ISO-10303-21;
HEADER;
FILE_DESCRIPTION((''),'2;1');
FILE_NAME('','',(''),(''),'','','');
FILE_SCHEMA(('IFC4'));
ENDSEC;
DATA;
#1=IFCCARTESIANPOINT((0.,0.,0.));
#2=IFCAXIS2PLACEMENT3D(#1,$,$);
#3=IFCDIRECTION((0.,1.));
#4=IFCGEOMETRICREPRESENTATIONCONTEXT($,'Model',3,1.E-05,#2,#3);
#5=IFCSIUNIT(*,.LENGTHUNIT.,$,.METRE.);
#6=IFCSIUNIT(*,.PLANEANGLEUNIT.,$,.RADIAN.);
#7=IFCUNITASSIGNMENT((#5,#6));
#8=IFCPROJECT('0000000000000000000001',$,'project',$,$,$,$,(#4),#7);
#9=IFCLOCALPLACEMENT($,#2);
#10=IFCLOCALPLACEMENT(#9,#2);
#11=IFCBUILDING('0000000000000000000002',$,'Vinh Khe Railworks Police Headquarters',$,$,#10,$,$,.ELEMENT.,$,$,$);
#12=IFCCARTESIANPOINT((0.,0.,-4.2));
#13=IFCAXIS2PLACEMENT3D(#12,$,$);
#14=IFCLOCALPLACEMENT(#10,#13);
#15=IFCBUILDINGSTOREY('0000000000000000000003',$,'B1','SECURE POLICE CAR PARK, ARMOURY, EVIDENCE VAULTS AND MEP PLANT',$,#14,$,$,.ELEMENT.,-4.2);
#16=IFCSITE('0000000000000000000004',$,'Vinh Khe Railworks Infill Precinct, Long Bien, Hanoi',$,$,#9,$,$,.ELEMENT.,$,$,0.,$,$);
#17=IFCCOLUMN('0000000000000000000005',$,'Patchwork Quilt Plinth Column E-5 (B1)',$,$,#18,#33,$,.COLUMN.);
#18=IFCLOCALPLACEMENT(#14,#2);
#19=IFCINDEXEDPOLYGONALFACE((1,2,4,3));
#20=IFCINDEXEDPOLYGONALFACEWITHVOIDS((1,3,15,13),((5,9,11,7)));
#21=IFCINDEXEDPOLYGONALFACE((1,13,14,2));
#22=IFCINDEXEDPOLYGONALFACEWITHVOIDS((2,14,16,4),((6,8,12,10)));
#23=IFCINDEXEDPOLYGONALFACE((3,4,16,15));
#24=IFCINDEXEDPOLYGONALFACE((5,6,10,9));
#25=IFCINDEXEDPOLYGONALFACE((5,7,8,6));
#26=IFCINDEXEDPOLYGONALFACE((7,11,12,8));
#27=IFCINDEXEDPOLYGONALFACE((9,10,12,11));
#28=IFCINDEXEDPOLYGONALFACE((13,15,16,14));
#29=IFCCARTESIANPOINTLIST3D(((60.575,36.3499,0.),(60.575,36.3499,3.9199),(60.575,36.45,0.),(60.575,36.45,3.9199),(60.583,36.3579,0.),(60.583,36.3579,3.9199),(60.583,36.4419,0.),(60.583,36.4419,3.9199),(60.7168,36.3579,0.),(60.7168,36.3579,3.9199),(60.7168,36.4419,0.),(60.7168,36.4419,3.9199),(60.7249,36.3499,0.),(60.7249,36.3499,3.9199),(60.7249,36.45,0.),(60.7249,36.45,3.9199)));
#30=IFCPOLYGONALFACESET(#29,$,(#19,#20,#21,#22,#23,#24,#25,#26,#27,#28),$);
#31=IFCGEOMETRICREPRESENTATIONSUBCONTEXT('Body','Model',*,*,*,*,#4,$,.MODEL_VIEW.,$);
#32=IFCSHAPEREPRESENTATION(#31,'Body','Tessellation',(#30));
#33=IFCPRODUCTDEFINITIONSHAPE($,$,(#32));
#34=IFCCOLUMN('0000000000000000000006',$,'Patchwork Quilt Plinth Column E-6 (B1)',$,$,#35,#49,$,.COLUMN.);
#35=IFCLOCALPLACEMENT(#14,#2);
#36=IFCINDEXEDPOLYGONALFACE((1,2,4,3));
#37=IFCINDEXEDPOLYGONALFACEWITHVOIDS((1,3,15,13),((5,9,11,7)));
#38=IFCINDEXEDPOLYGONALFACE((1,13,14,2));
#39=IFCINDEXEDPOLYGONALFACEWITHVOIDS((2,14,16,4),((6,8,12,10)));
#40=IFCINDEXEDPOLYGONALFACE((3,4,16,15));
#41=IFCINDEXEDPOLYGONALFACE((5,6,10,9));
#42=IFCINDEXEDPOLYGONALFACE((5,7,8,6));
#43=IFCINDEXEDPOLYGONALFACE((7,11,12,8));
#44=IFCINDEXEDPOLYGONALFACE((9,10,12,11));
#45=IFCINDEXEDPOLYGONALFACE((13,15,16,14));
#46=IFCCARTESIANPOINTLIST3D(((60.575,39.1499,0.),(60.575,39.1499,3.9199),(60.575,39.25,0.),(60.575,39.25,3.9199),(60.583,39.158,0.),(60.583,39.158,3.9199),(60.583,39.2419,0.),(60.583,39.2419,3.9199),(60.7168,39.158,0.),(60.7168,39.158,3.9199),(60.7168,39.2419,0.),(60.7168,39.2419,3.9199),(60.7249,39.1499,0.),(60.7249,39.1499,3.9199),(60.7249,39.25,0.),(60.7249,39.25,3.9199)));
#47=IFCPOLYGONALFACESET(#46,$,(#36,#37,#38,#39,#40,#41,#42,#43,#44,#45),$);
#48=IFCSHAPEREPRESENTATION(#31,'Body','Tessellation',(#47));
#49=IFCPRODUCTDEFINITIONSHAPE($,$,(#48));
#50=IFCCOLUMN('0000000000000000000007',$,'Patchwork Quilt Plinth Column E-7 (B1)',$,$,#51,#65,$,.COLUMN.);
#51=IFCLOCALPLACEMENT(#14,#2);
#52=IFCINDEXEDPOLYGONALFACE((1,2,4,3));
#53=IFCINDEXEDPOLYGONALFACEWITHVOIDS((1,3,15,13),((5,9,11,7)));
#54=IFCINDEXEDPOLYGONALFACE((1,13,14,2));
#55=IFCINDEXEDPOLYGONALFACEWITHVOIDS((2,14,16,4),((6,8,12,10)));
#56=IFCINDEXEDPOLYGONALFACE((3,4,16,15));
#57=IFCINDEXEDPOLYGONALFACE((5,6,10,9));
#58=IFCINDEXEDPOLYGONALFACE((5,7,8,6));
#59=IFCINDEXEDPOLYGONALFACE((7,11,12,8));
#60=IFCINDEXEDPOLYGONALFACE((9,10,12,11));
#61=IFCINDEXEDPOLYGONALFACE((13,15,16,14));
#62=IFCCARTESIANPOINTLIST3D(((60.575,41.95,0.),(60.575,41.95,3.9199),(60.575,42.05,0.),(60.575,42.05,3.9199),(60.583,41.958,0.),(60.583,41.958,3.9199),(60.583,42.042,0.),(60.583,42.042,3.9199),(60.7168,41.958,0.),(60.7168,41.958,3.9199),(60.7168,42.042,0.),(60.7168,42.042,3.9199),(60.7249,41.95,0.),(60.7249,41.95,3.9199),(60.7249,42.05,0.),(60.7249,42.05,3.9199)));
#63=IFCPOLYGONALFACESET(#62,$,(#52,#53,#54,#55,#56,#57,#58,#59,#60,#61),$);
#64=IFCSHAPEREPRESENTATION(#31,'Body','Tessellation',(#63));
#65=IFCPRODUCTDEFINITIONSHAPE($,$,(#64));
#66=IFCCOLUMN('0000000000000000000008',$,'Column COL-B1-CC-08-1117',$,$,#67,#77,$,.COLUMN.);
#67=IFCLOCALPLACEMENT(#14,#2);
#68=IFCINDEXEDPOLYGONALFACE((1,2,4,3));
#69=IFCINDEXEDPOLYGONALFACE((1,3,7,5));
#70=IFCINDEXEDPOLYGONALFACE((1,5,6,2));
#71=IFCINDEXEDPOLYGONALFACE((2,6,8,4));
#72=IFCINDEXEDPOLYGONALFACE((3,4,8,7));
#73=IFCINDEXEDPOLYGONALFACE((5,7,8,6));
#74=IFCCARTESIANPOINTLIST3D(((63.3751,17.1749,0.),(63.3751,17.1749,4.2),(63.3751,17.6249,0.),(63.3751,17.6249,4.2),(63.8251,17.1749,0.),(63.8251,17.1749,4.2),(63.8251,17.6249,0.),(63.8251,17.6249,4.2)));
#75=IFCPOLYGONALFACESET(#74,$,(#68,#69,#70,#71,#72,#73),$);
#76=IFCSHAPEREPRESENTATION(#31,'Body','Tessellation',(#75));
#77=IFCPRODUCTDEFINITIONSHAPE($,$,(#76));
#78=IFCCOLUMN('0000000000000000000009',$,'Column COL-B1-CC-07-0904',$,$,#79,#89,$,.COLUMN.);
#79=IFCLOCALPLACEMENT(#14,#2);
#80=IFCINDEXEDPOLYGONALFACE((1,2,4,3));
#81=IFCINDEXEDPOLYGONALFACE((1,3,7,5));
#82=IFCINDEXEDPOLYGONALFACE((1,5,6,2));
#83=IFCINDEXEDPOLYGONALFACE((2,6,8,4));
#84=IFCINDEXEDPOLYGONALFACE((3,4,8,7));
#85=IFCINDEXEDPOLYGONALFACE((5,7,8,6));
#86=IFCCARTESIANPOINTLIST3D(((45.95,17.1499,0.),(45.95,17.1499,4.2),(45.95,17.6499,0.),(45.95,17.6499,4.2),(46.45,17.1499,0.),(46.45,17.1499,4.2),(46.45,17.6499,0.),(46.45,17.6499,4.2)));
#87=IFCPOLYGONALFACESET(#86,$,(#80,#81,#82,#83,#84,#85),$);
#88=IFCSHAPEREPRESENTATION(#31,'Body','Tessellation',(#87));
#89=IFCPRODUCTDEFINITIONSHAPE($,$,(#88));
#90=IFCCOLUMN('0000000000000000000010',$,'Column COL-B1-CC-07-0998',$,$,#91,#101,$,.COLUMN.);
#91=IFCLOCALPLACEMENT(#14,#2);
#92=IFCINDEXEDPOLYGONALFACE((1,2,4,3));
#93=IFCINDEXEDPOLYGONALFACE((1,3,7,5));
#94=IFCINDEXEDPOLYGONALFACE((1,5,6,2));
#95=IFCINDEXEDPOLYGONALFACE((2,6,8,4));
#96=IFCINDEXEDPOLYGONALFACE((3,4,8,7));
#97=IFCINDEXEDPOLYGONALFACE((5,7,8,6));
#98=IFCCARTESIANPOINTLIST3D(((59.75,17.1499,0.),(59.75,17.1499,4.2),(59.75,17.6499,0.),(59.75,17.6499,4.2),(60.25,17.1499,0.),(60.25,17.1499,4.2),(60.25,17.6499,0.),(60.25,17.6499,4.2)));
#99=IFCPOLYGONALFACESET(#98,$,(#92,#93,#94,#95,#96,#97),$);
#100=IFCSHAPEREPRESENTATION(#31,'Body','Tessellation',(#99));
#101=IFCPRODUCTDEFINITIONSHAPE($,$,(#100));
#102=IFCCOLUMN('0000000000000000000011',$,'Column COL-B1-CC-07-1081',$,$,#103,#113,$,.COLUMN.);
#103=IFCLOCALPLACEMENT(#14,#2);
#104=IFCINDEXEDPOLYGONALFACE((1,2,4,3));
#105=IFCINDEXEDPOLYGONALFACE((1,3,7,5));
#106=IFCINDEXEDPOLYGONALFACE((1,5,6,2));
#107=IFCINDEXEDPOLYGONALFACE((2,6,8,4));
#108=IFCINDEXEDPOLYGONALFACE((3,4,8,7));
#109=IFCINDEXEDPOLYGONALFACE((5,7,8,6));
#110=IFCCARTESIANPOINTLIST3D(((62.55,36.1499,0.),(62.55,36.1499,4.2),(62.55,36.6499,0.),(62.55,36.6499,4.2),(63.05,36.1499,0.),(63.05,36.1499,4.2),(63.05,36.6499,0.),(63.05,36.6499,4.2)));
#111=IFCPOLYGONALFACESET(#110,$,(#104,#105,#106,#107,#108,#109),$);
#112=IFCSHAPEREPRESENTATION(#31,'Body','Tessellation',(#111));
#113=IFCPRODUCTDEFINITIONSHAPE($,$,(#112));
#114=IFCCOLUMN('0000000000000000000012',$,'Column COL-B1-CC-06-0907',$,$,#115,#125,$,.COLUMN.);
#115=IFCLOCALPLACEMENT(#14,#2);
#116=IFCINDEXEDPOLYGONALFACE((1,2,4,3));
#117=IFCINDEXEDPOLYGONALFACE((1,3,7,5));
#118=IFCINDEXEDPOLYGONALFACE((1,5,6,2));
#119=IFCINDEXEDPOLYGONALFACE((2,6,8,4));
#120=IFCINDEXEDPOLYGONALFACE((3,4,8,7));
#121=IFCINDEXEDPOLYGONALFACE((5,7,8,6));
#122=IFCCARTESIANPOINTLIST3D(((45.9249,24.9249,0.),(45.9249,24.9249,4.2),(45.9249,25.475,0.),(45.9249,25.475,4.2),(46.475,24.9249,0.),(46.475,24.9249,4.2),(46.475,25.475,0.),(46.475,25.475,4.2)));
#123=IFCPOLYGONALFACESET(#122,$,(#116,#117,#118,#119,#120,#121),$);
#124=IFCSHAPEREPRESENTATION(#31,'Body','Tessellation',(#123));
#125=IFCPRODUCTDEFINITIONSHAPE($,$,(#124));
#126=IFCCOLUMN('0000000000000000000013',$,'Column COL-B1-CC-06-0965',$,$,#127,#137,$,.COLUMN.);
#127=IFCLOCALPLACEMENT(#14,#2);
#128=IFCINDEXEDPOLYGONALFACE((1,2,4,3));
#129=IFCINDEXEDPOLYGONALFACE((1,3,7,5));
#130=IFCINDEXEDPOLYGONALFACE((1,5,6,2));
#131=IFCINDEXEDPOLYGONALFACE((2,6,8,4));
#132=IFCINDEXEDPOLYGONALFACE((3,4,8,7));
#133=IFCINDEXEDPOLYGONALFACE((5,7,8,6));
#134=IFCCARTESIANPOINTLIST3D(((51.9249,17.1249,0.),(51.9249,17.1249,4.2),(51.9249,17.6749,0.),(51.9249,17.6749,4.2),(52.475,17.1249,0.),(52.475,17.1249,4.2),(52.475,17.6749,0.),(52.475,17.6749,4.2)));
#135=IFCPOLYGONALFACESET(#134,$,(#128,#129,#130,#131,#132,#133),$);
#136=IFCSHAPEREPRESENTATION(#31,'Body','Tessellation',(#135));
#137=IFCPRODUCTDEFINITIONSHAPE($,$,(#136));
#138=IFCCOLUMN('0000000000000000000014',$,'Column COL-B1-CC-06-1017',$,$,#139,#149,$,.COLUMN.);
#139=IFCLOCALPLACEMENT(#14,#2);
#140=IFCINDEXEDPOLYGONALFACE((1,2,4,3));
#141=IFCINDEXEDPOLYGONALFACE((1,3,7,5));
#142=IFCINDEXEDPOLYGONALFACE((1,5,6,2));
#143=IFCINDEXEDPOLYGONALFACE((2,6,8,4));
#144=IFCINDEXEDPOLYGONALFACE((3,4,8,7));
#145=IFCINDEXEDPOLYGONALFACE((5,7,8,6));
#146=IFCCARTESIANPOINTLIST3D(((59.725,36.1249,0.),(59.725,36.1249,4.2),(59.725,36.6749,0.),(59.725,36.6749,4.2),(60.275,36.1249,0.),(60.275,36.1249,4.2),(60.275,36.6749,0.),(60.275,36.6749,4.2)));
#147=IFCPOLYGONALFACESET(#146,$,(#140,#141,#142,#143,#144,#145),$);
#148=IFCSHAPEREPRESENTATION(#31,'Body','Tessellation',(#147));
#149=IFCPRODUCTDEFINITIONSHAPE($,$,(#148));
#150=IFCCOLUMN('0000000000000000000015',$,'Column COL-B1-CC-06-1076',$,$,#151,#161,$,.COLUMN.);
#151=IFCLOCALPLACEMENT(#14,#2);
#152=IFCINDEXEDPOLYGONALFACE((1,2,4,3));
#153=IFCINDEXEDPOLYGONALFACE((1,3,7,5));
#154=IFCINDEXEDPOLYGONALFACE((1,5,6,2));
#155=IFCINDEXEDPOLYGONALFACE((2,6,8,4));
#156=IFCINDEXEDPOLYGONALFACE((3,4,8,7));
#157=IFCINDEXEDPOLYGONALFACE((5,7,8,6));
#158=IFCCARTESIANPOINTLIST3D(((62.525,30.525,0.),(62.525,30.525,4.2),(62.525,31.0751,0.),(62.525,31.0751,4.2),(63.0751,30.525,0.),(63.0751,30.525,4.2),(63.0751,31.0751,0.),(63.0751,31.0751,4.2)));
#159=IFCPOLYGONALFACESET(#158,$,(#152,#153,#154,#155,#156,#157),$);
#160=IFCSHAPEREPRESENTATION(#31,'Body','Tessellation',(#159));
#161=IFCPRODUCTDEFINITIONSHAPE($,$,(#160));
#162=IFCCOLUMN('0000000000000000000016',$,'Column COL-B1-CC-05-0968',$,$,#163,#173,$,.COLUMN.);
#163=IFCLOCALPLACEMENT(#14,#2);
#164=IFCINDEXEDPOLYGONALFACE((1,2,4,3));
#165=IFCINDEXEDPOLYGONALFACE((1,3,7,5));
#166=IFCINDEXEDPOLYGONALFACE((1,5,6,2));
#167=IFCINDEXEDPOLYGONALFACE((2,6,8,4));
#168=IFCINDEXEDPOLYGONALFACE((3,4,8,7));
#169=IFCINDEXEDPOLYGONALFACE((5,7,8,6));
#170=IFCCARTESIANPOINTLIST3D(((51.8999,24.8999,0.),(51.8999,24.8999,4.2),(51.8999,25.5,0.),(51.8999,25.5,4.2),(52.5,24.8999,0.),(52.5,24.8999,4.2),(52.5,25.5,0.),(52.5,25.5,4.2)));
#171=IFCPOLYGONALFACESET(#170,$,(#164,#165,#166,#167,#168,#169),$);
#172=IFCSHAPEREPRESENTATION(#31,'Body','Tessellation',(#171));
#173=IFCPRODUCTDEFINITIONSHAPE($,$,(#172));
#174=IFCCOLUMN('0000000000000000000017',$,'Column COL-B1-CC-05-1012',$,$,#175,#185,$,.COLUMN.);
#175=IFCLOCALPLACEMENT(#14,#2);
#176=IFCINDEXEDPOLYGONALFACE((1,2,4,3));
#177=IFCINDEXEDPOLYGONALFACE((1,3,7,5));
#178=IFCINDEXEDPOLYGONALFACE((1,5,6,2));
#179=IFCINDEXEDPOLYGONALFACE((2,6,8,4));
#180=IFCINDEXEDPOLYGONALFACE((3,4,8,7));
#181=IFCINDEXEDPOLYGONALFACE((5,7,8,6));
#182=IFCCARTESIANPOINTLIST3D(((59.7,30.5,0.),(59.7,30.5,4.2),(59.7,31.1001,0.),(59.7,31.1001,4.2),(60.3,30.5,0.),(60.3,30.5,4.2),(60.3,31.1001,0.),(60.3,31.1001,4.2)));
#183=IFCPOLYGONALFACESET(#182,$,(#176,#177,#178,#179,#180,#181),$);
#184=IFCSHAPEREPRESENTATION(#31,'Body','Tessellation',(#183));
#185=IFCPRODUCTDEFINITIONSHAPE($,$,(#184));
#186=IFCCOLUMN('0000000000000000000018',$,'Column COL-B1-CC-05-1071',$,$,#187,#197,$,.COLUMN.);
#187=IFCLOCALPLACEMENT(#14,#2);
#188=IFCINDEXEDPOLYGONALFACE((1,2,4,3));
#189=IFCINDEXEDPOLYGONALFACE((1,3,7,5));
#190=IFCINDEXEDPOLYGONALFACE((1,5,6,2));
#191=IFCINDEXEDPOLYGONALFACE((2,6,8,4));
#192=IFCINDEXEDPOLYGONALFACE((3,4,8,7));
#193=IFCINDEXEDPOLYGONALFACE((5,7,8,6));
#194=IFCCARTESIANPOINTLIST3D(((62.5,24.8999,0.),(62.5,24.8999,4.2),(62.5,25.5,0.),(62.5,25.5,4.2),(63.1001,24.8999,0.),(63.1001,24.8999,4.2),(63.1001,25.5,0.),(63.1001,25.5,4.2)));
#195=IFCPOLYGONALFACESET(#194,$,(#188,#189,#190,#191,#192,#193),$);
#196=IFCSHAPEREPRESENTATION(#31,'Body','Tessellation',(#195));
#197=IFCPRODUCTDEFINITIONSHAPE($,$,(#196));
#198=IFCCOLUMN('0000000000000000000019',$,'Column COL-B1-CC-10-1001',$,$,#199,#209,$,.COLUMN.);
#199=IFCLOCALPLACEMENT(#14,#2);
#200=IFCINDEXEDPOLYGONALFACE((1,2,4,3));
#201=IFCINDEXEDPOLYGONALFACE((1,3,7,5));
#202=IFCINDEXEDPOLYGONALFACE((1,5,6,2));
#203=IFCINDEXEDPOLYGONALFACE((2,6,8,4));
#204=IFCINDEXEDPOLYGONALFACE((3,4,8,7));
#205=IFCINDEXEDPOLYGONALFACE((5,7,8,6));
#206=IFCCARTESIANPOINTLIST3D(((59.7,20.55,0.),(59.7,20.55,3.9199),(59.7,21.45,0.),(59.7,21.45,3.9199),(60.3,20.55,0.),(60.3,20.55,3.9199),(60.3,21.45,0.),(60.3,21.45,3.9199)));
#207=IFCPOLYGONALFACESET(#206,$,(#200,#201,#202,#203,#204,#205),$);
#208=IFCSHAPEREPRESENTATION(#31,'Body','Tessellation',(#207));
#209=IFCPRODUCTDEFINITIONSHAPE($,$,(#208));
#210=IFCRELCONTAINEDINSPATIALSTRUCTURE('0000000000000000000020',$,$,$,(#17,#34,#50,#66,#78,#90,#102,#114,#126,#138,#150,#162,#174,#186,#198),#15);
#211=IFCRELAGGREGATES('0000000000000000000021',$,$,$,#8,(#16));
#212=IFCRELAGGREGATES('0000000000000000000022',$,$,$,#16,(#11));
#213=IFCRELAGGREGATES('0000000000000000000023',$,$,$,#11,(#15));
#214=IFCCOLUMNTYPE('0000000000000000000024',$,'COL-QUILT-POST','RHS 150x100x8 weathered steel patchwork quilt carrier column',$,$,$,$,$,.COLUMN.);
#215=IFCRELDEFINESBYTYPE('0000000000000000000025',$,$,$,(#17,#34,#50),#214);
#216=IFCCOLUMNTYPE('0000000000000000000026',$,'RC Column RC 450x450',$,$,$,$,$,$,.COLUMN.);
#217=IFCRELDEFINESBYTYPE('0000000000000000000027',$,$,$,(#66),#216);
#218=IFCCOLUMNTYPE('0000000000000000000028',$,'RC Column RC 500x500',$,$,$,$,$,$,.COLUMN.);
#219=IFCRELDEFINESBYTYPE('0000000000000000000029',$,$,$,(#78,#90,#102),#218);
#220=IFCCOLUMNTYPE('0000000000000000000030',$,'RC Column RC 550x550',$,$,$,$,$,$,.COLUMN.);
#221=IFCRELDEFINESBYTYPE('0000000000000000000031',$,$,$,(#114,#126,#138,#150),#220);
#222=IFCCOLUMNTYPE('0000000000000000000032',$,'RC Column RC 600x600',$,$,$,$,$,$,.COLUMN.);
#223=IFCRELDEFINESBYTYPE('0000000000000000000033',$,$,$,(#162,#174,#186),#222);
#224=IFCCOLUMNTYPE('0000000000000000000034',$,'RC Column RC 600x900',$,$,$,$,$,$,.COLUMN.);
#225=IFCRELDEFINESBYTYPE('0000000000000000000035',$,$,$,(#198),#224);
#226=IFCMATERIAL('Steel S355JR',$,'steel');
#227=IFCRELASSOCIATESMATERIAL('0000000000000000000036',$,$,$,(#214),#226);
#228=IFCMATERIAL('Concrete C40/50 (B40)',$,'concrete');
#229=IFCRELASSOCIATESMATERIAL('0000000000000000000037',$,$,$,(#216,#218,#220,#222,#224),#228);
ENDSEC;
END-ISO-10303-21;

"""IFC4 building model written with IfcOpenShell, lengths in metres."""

from ifc_helpers import new_model, si_unit, direction, frame, origin, origin_2d, place, context, subcontext, project, spatial, rectangle, hollow_rectangle, extrude, material, material_profile, profile_set, type_object, element, save


model = new_model("IFC4")

# Units and contexts
model_context = context("Model", 3, precision=1e-05, world=origin(), true_north=direction((0.0, 1.0)))
body_context = subcontext(model_context, "Body", "Model", "MODEL_VIEW")
ifc_project = project(units=[si_unit("LENGTHUNIT", "METRE"), si_unit("PLANEANGLEUNIT", "RADIAN")], contexts=[model_context])

# Site, building, storey
site_placement = place(None, origin())
site = spatial("IfcSite", under=ifc_project, at=site_placement, Name="Vinh Khe Railworks Infill Precinct, Long Bien, Hanoi", CompositionType="ELEMENT", RefElevation=0.0)
building_placement = place(site_placement, origin())
building = spatial("IfcBuilding", under=site, at=building_placement, Name="Vinh Khe Railworks Police Headquarters", CompositionType="ELEMENT")
storey_placement = place(building_placement, frame((0.0, 0.0, -4.2)))
storey = spatial("IfcBuildingStorey", under=building, at=storey_placement, Name="B1", Description="SECURE POLICE CAR PARK, ARMOURY, EVIDENCE VAULTS AND MEP PLANT", CompositionType="ELEMENT", Elevation=-4.2)

# Columns
ifc_material_1 = material(Name="Steel S355JR", Category="steel")
ifc_material_profile_1 = material_profile(ifc_material_1, hollow_rectangle(XDim=0.1499, YDim=0.1001, WallThickness=0.0081, at=origin_2d()), Name="RHS 150x100x8")
ifc_profile_set_1 = profile_set([ifc_material_profile_1], Name="Steel S355JR")
column_type_1 = type_object("IfcColumnType", Name="COL-QUILT-POST", Description="RHS 150x100x8 weathered steel patchwork quilt carrier column", PredefinedType="COLUMN", material=ifc_profile_set_1)
for number, where, z_axis, x_axis, name in (
    (1, (60.6499, 36.3999, 0.0), (0.0, 0.0, 1.0), (1.0, 0.0, 0.0), "Patchwork Quilt Plinth Column E-5 (B1)"),
    (2, (60.6499, 39.2, 0.0), (0.0, 0.0, 1.0), (1.0, 0.0, 0.0), "Patchwork Quilt Plinth Column E-6 (B1)"),
    (3, (60.6499, 42.0, 0.0), (0.0, 0.0, 1.0), (1.0, 0.0, 0.0), "Patchwork Quilt Plinth Column E-7 (B1)"),
):
    element("IfcColumn", number, at=place(storey_placement, frame(where, z_axis=z_axis, x_axis=x_axis)), inside=storey, type_object=column_type_1, Name=name, PredefinedType="COLUMN", context=body_context, shape_type="SweptSolid", body=[
        extrude(hollow_rectangle(XDim=0.1499, YDim=0.1001, WallThickness=0.0081, at=origin_2d()), origin(), (0.0, 0.0, 1.0), 3.9199),
    ])
ifc_material_2 = material(Name="Concrete C40/50 (B40)", Category="concrete")
ifc_material_profile_2 = material_profile(ifc_material_2, rectangle(XDim=0.45, YDim=0.45, at=origin_2d()), Name="RC 450x450")
ifc_profile_set_2 = profile_set([ifc_material_profile_2], Name="Concrete C40/50 (B40)")
column_type_2 = type_object("IfcColumnType", Name="RC Column RC 450x450", PredefinedType="COLUMN", material=ifc_profile_set_2)
column_1_placement = place(storey_placement, frame((63.6001, 17.3999, 0.0), z_axis=(0.0, 0.0, 1.0), x_axis=(1.0, 0.0, 0.0)))
element("IfcColumn", 4, at=column_1_placement, inside=storey, type_object=column_type_2, Name="Column COL-B1-CC-08-1117", PredefinedType="COLUMN", context=body_context, shape_type="SweptSolid", body=[
    extrude(rectangle(XDim=0.45, YDim=0.45, at=origin_2d()), origin(), (0.0, 0.0, 1.0), 4.2),
])
ifc_material_profile_3 = material_profile(ifc_material_2, rectangle(XDim=0.5, YDim=0.5, at=origin_2d()), Name="RC 500x500")
ifc_profile_set_3 = profile_set([ifc_material_profile_3], Name="Concrete C40/50 (B40)")
column_type_3 = type_object("IfcColumnType", Name="RC Column RC 500x500", PredefinedType="COLUMN", material=ifc_profile_set_3)
for number, where, z_axis, x_axis, name in (
    (5, (46.2, 17.3999, 0.0), (0.0, 0.0, 1.0), (1.0, 0.0, 0.0), "Column COL-B1-CC-07-0904"),
    (6, (60.0, 17.3999, 0.0), (0.0, 0.0, 1.0), (1.0, 0.0, 0.0), "Column COL-B1-CC-07-0998"),
    (7, (62.8, 36.3999, 0.0), (0.0, 0.0, 1.0), (1.0, 0.0, 0.0), "Column COL-B1-CC-07-1081"),
):
    element("IfcColumn", number, at=place(storey_placement, frame(where, z_axis=z_axis, x_axis=x_axis)), inside=storey, type_object=column_type_3, Name=name, PredefinedType="COLUMN", context=body_context, shape_type="SweptSolid", body=[
        extrude(rectangle(XDim=0.5, YDim=0.5, at=origin_2d()), origin(), (0.0, 0.0, 1.0), 4.2),
    ])
ifc_material_profile_4 = material_profile(ifc_material_2, rectangle(XDim=0.55, YDim=0.55, at=origin_2d()), Name="RC 550x550")
ifc_profile_set_4 = profile_set([ifc_material_profile_4], Name="Concrete C40/50 (B40)")
column_type_4 = type_object("IfcColumnType", Name="RC Column RC 550x550", PredefinedType="COLUMN", material=ifc_profile_set_4)
for number, where, z_axis, x_axis, name in (
    (8, (46.2, 25.2, 0.0), (0.0, 0.0, 1.0), (1.0, 0.0, 0.0), "Column COL-B1-CC-06-0907"),
    (9, (52.2, 17.3999, 0.0), (0.0, 0.0, 1.0), (1.0, 0.0, 0.0), "Column COL-B1-CC-06-0965"),
    (10, (60.0, 36.3999, 0.0), (0.0, 0.0, 1.0), (1.0, 0.0, 0.0), "Column COL-B1-CC-06-1017"),
    (11, (62.8, 30.8, 0.0), (0.0, 0.0, 1.0), (1.0, 0.0, 0.0), "Column COL-B1-CC-06-1076"),
):
    element("IfcColumn", number, at=place(storey_placement, frame(where, z_axis=z_axis, x_axis=x_axis)), inside=storey, type_object=column_type_4, Name=name, PredefinedType="COLUMN", context=body_context, shape_type="SweptSolid", body=[
        extrude(rectangle(XDim=0.55, YDim=0.55, at=origin_2d()), origin(), (0.0, 0.0, 1.0), 4.2),
    ])
ifc_material_profile_5 = material_profile(ifc_material_2, rectangle(XDim=0.6001, YDim=0.6001, at=origin_2d()), Name="RC 600x600")
ifc_profile_set_5 = profile_set([ifc_material_profile_5], Name="Concrete C40/50 (B40)")
column_type_5 = type_object("IfcColumnType", Name="RC Column RC 600x600", PredefinedType="COLUMN", material=ifc_profile_set_5)
for number, where, z_axis, x_axis, name in (
    (12, (52.2, 25.2, 0.0), (0.0, 0.0, 1.0), (1.0, 0.0, 0.0), "Column COL-B1-CC-05-0968"),
    (13, (60.0, 30.8, 0.0), (0.0, 0.0, 1.0), (1.0, 0.0, 0.0), "Column COL-B1-CC-05-1012"),
    (14, (62.8, 25.2, 0.0), (0.0, 0.0, 1.0), (1.0, 0.0, 0.0), "Column COL-B1-CC-05-1071"),
):
    element("IfcColumn", number, at=place(storey_placement, frame(where, z_axis=z_axis, x_axis=x_axis)), inside=storey, type_object=column_type_5, Name=name, PredefinedType="COLUMN", context=body_context, shape_type="SweptSolid", body=[
        extrude(rectangle(XDim=0.6001, YDim=0.6001, at=origin_2d()), origin(), (0.0, 0.0, 1.0), 4.2),
    ])
ifc_material_profile_6 = material_profile(ifc_material_2, rectangle(XDim=0.6001, YDim=0.8999, at=origin_2d()), Name="RC 600x900")
ifc_profile_set_6 = profile_set([ifc_material_profile_6], Name="Concrete C40/50 (B40)")
column_type_6 = type_object("IfcColumnType", Name="RC Column RC 600x900", PredefinedType="COLUMN", material=ifc_profile_set_6)
column_2_placement = place(storey_placement, frame((60.0, 21.0, 0.0), z_axis=(0.0, 0.0, 1.0), x_axis=(1.0, 0.0, 0.0)))
element("IfcColumn", 15, at=column_2_placement, inside=storey, type_object=column_type_6, Name="Column COL-B1-CC-10-1001", PredefinedType="COLUMN", context=body_context, shape_type="SweptSolid", body=[
    extrude(rectangle(XDim=0.6001, YDim=0.8999, at=origin_2d()), origin(), (0.0, 0.0, 1.0), 3.9199),
])

save(model, "model.ifc")
